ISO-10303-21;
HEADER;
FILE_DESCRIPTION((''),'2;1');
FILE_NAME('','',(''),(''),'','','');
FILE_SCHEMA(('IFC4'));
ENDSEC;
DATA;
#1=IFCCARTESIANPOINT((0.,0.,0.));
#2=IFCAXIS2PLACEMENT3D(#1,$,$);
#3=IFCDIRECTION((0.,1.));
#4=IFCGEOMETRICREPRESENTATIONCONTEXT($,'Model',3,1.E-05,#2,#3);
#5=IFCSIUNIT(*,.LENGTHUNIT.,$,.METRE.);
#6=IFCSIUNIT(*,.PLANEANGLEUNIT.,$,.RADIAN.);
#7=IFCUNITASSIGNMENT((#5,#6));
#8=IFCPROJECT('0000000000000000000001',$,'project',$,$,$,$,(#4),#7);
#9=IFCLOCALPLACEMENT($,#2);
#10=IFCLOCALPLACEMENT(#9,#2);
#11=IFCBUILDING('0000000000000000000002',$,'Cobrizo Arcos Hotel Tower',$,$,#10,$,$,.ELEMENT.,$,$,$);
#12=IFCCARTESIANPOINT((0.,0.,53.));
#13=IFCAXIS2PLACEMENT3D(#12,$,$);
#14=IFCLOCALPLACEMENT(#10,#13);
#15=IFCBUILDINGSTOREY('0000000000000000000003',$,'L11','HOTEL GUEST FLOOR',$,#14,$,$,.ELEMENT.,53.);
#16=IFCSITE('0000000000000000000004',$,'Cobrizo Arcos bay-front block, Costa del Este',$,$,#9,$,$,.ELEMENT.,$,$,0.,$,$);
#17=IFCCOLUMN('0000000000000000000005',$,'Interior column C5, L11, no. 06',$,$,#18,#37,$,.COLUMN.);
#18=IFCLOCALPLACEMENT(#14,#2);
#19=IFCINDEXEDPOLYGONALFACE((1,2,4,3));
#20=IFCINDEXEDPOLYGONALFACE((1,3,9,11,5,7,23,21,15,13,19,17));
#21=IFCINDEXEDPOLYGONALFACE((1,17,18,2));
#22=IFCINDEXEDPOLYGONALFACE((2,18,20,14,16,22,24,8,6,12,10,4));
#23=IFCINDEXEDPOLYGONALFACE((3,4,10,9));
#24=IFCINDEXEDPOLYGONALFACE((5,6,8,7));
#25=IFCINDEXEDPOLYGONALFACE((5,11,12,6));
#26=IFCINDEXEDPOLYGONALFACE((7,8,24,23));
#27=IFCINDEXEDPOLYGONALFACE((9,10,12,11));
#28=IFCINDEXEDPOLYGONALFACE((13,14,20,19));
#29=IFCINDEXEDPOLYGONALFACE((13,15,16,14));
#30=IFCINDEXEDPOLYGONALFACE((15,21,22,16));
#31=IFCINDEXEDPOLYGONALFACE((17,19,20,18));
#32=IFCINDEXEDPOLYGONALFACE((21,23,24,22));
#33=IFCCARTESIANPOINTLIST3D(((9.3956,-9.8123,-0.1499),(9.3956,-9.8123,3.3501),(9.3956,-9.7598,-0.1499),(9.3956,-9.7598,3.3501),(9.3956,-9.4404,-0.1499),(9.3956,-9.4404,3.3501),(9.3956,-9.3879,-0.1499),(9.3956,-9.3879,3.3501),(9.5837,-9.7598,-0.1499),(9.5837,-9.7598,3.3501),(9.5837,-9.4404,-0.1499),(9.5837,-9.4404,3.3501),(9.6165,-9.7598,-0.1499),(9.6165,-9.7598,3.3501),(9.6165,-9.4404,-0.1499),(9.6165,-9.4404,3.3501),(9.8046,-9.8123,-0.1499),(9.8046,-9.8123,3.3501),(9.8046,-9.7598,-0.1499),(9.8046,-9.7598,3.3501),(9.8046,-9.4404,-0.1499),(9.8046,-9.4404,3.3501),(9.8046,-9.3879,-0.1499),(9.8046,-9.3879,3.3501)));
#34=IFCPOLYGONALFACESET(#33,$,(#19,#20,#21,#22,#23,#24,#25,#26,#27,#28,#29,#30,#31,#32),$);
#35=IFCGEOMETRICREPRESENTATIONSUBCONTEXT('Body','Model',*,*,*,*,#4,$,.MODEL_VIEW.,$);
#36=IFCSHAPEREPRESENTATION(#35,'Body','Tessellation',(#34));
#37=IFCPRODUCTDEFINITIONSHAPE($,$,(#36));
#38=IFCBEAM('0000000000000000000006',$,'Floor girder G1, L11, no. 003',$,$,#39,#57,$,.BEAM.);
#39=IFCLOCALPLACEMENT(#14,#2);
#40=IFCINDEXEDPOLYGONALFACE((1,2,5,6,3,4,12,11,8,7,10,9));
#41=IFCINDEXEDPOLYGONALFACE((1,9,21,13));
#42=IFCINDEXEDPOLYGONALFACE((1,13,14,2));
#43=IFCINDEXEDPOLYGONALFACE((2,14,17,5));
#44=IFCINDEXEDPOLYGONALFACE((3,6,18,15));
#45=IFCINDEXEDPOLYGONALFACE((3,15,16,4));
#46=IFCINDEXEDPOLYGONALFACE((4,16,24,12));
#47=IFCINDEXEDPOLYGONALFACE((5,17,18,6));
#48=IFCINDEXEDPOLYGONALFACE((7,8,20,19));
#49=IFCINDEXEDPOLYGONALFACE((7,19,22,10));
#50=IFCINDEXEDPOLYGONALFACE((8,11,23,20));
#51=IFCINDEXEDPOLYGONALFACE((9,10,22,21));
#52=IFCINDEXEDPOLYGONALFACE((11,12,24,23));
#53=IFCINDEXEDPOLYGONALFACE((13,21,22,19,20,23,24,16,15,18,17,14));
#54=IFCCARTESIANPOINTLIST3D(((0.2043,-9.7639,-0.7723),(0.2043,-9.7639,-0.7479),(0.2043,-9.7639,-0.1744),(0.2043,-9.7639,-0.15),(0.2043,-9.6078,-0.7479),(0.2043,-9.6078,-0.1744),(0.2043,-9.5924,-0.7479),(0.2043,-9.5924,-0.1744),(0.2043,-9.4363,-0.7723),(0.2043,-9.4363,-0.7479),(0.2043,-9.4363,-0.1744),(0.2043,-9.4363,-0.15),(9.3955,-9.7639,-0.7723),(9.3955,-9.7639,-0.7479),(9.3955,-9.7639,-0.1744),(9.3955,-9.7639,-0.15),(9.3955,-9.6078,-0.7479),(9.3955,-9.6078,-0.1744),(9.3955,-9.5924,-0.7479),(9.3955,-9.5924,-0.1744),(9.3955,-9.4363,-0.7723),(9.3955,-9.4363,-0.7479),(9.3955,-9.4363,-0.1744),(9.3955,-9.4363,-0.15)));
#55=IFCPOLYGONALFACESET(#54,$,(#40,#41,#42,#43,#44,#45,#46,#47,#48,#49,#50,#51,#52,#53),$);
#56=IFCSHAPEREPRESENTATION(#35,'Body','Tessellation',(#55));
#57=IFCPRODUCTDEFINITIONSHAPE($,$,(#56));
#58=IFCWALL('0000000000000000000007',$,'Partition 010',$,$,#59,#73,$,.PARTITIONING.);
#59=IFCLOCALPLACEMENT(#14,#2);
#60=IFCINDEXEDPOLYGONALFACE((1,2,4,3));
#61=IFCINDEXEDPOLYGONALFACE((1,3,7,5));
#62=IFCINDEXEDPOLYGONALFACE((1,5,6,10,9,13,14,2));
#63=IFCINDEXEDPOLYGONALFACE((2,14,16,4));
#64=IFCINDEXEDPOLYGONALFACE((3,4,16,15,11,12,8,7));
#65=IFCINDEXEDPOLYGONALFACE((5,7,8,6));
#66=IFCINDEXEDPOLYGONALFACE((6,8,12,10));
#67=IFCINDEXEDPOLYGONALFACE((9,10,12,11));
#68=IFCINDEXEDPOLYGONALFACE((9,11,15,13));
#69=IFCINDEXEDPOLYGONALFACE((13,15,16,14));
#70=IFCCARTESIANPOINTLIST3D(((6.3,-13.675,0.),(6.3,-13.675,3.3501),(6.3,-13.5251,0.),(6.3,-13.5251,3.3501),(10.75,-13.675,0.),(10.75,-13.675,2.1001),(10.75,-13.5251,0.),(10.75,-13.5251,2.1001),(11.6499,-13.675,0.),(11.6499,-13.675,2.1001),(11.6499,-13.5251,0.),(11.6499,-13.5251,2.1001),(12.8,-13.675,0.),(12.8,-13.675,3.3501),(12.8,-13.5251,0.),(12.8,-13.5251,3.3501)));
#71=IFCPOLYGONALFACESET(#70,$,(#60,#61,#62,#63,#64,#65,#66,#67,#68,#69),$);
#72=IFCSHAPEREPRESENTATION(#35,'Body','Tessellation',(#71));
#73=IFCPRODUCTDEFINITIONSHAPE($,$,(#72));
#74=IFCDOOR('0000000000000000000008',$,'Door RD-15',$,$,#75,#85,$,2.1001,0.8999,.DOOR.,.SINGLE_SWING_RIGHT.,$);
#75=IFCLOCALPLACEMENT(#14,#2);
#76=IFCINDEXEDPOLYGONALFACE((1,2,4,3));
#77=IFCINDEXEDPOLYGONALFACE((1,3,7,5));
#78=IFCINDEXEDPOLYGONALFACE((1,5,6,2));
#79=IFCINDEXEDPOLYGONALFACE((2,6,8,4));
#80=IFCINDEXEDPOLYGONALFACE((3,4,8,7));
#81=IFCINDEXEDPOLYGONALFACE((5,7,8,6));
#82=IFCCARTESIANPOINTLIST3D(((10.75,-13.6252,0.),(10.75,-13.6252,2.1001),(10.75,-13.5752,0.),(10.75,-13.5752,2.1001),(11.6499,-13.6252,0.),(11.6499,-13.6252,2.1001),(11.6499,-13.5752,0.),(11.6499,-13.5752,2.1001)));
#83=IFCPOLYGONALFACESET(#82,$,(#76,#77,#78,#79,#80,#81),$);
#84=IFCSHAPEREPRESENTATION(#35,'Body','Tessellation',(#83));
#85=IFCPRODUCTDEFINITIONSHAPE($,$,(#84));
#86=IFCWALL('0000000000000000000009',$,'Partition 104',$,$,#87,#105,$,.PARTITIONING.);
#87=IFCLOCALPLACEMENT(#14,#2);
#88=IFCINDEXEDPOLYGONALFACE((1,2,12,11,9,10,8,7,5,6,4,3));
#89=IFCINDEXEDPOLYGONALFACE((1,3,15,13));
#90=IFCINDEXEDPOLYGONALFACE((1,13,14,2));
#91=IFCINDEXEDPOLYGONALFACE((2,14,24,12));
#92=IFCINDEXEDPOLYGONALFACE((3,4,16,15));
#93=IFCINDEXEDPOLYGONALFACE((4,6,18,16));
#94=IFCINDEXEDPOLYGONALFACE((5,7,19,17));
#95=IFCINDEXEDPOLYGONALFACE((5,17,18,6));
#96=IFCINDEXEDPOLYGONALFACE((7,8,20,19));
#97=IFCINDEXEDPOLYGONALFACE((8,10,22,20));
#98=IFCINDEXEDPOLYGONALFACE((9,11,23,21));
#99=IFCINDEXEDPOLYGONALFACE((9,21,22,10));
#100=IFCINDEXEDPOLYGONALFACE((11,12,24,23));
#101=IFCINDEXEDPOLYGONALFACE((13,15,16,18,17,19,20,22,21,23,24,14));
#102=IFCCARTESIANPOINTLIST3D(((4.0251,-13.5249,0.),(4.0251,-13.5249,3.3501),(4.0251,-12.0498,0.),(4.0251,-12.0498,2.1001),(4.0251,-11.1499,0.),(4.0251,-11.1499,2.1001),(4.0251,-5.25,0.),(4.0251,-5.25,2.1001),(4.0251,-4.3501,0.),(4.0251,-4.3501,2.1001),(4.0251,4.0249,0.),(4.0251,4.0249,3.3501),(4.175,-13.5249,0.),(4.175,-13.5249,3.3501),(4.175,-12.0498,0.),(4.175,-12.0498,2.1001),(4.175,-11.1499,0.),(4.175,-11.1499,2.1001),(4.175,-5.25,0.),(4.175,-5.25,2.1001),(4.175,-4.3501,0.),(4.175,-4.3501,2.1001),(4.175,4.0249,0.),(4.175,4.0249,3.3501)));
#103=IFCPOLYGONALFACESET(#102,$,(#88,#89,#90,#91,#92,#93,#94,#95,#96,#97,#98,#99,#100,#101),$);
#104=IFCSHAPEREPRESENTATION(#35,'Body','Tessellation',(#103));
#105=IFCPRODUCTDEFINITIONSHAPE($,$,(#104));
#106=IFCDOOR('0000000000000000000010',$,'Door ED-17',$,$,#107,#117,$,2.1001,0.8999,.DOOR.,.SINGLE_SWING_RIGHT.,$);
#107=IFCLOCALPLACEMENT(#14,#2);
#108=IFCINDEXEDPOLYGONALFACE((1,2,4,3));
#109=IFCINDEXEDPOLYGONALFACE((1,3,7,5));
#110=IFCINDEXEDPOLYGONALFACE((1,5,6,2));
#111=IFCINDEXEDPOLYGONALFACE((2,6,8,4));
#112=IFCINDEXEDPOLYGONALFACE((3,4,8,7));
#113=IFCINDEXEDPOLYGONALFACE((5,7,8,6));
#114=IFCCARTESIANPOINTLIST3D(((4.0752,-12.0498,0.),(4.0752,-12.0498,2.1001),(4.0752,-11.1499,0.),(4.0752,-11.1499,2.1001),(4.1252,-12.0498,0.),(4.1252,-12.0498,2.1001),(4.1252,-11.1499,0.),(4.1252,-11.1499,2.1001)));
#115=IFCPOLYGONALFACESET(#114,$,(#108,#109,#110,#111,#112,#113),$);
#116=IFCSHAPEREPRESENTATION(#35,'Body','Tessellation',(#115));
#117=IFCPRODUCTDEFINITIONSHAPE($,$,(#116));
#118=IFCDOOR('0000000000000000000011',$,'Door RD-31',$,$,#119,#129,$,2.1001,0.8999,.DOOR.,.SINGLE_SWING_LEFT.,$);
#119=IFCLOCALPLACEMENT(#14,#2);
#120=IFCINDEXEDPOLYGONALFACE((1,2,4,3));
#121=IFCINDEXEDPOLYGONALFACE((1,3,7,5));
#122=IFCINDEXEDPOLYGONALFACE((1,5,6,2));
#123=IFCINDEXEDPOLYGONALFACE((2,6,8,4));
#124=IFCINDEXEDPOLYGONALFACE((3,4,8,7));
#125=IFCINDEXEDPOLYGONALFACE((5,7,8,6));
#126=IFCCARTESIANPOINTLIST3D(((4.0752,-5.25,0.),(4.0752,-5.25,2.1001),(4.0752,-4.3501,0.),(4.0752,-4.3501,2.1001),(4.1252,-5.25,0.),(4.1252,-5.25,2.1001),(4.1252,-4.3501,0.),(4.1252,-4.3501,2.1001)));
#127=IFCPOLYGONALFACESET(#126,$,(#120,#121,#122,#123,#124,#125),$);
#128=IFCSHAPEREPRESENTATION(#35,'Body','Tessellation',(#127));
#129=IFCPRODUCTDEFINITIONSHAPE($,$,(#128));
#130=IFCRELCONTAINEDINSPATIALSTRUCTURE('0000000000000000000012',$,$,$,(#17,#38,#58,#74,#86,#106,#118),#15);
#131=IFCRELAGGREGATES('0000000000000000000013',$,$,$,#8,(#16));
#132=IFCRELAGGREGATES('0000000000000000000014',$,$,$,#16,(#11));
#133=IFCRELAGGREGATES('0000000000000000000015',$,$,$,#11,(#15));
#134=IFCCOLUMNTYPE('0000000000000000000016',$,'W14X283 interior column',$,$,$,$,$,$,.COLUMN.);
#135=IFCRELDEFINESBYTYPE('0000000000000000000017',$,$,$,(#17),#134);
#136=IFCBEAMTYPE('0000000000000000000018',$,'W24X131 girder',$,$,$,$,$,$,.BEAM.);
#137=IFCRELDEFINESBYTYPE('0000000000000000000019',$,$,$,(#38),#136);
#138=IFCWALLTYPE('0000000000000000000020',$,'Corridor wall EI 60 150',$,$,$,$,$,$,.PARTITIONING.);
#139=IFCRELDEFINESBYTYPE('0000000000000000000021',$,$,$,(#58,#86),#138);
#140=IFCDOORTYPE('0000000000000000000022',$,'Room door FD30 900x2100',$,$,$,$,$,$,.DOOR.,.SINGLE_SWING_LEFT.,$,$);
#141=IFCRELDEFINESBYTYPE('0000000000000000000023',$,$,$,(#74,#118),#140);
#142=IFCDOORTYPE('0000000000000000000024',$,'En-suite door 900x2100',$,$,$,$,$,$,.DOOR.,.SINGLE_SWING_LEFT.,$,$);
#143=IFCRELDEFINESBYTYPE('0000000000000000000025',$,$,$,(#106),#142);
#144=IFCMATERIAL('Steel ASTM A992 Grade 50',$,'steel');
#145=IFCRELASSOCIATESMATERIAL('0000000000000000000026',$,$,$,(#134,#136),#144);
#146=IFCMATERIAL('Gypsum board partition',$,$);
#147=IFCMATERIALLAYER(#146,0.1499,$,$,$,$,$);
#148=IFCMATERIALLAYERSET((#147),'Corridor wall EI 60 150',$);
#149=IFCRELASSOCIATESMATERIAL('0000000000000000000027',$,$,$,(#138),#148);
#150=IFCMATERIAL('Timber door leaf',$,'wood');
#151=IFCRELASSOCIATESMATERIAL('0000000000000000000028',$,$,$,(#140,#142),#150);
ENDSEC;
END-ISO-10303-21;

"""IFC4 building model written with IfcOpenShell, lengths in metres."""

from ifc_helpers import new_model, si_unit, direction, frame, frame_2d, origin, origin_2d, place, context, subcontext, project, spatial, rectangle, i_section, extrude, material, layer, layer_set, material_profile, profile_set, type_object, element, fill, save


model = new_model("IFC4")

# Units and contexts
model_context = context("Model", 3, precision=1e-05, world=origin(), true_north=direction((0.0, 1.0)))
body_context = subcontext(model_context, "Body", "Model", "MODEL_VIEW")
ifc_project = project(units=[si_unit("LENGTHUNIT", "METRE"), si_unit("PLANEANGLEUNIT", "RADIAN")], contexts=[model_context])

# Site, building, storey
site_placement = place(None, origin())
site = spatial("IfcSite", under=ifc_project, at=site_placement, Name="Cobrizo Arcos bay-front block, Costa del Este", CompositionType="ELEMENT", RefElevation=0.0)
building_placement = place(site_placement, origin())
building = spatial("IfcBuilding", under=site, at=building_placement, Name="Cobrizo Arcos Hotel Tower", CompositionType="ELEMENT")
storey_placement = place(building_placement, frame((0.0, 0.0, 53.0)))
storey = spatial("IfcBuildingStorey", under=building, at=storey_placement, Name="L11", Description="HOTEL GUEST FLOOR", CompositionType="ELEMENT", Elevation=53.0)

# Column
ifc_material_1 = material(Name="Steel ASTM A992 Grade 50", Category="steel")
ifc_material_profile_1 = material_profile(ifc_material_1, i_section(OverallWidth=0.4089, OverallDepth=0.4243, WebThickness=0.0327, FlangeThickness=0.0525, at=origin_2d()), Name="W14X283")
ifc_profile_set_1 = profile_set([ifc_material_profile_1], Name="Steel ASTM A992 Grade 50")
column_type = type_object("IfcColumnType", Name="W14X283 interior column", PredefinedType="COLUMN", material=ifc_profile_set_1)
column_placement = place(storey_placement, frame((9.6001, -9.6001, -0.1499), z_axis=(0.0, 0.0, 1.0), x_axis=(1.0, 0.0, 0.0)))
element("IfcColumn", 1, at=column_placement, inside=storey, type_object=column_type, Name="Interior column C5, L11, no. 06", PredefinedType="COLUMN", context=body_context, shape_type="SweptSolid", body=[
    extrude(i_section(OverallWidth=0.4089, OverallDepth=0.4243, WebThickness=0.0327, FlangeThickness=0.0525, at=origin_2d()), origin(), (0.0, 0.0, 1.0), 3.5),
])

# Beam
ifc_material_profile_2 = material_profile(ifc_material_1, i_section(OverallWidth=0.3276, OverallDepth=0.6223, WebThickness=0.0154, FlangeThickness=0.0244, at=origin_2d()), Name="W24X131")
ifc_profile_set_2 = profile_set([ifc_material_profile_2], Name="Steel ASTM A992 Grade 50")
beam_type = type_object("IfcBeamType", Name="W24X131 girder", PredefinedType="BEAM", material=ifc_profile_set_2)
beam_placement = place(storey_placement, frame((0.2043, -9.6001, -0.4612), z_axis=(1.0, 0.0, 0.0), x_axis=(0.0, 1.0, 0.0)))
element("IfcBeam", 2, at=beam_placement, inside=storey, type_object=beam_type, Name="Floor girder G1, L11, no. 003", PredefinedType="BEAM", context=body_context, shape_type="SweptSolid", body=[
    extrude(i_section(OverallWidth=0.3276, OverallDepth=0.6223, WebThickness=0.0154, FlangeThickness=0.0244, at=origin_2d()), origin(), (0.0, 0.0, 1.0), 9.1912),
])

# Wall, opening, door
ifc_material_2 = material(Name="Gypsum board partition")
ifc_layer_1 = layer(ifc_material_2, 0.1499)
ifc_layer_set_1 = layer_set([ifc_layer_1], Name="Corridor wall EI 60 150")
wall_type_1 = type_object("IfcWallType", Name="Corridor wall EI 60 150", PredefinedType="PARTITIONING", material=ifc_layer_set_1)
wall_1_placement = place(storey_placement, frame((6.3, -13.6001, 0.0), z_axis=(0.0, 0.0, 1.0), x_axis=(1.0, 0.0, 0.0)))
wall_1 = element("IfcWall", 3, at=wall_1_placement, inside=storey, type_object=wall_type_1, Name="Partition 010", PredefinedType="PARTITIONING", context=body_context, shape_type="SweptSolid", body=[
    extrude(rectangle(XDim=6.5, YDim=0.1499, at=frame_2d((3.25, 0.0))), origin(), (0.0, 0.0, 1.0), 3.3501),
])
opening_1_placement = place(wall_1_placement, frame((4.45, 0.0, 0.0)))
opening_1 = element("IfcOpeningElement", 4, at=opening_1_placement, cuts=wall_1, PredefinedType="OPENING", context=body_context, shape_type="SweptSolid", body=[
    extrude(rectangle(XDim=0.8999, YDim=2.1001, at=frame_2d((0.45, 1.05))), frame((0.0, 0.0869, 0.0), z_axis=(0.0, -1.0, 0.0), x_axis=(1.0, 0.0, 0.0)), (0.0, 0.0, 1.0), 0.1738),
])
ifc_material_3 = material(Name="Timber door leaf", Category="wood")
door_type_1 = type_object("IfcDoorType", Name="Room door FD30 900x2100", OperationType="SINGLE_SWING_LEFT", PredefinedType="DOOR", material=ifc_material_3)
door_1_placement = place(opening_1_placement, origin())
door_1 = element("IfcDoor", 5, at=door_1_placement, inside=storey, type_object=door_type_1, Name="Door RD-15", OperationType="SINGLE_SWING_RIGHT", OverallHeight=2.1001, OverallWidth=0.8999, PredefinedType="DOOR", context=body_context, shape_type="SweptSolid", body=[
    extrude(rectangle(XDim=0.8999, YDim=2.1001, at=frame_2d((0.45, 1.05))), frame((0.0, 0.0249, 0.0), z_axis=(0.0, -1.0, 0.0), x_axis=(1.0, 0.0, 0.0)), (0.0, 0.0, 1.0), 0.05),
])
fill(opening_1, door_1)

# Wall, openings, doors
wall_2_placement = place(storey_placement, frame((4.1001, -13.5249, 0.0), z_axis=(0.0, 0.0, 1.0), x_axis=(0.0, 1.0, 0.0)))
wall_2 = element("IfcWall", 6, at=wall_2_placement, inside=storey, type_object=wall_type_1, Name="Partition 104", PredefinedType="PARTITIONING", context=body_context, shape_type="SweptSolid", body=[
    extrude(rectangle(XDim=17.5498, YDim=0.1499, at=frame_2d((8.7749, 0.0))), origin(), (0.0, 0.0, 1.0), 3.3501),
])
opening_2_placement = place(wall_2_placement, frame((1.4751, 0.0, 0.0)))
opening_2 = element("IfcOpeningElement", 7, at=opening_2_placement, cuts=wall_2, PredefinedType="OPENING", context=body_context, shape_type="SweptSolid", body=[
    extrude(rectangle(XDim=0.8999, YDim=2.1001, at=frame_2d((0.45, 1.05))), frame((0.0, 0.0869, 0.0), z_axis=(0.0, -1.0, 0.0), x_axis=(1.0, 0.0, 0.0)), (0.0, 0.0, 1.0), 0.1738),
])
opening_3_placement = place(wall_2_placement, frame((8.2749, 0.0, 0.0)))
opening_3 = element("IfcOpeningElement", 8, at=opening_3_placement, cuts=wall_2, PredefinedType="OPENING", context=body_context, shape_type="SweptSolid", body=[
    extrude(rectangle(XDim=0.8999, YDim=2.1001, at=frame_2d((0.45, 1.05))), frame((0.0, 0.0869, 0.0), z_axis=(0.0, -1.0, 0.0), x_axis=(1.0, 0.0, 0.0)), (0.0, 0.0, 1.0), 0.1738),
])
door_type_2 = type_object("IfcDoorType", Name="En-suite door 900x2100", OperationType="SINGLE_SWING_LEFT", PredefinedType="DOOR", material=ifc_material_3)
door_2_placement = place(opening_2_placement, origin())
door_2 = element("IfcDoor", 9, at=door_2_placement, inside=storey, type_object=door_type_2, Name="Door ED-17", OperationType="SINGLE_SWING_RIGHT", OverallHeight=2.1001, OverallWidth=0.8999, PredefinedType="DOOR", context=body_context, shape_type="SweptSolid", body=[
    extrude(rectangle(XDim=0.8999, YDim=2.1001, at=frame_2d((0.45, 1.05))), frame((0.0, 0.0249, 0.0), z_axis=(0.0, -1.0, 0.0), x_axis=(1.0, 0.0, 0.0)), (0.0, 0.0, 1.0), 0.05),
])
fill(opening_2, door_2)
door_3_placement = place(opening_3_placement, origin())
door_3 = element("IfcDoor", 10, at=door_3_placement, inside=storey, type_object=door_type_1, Name="Door RD-31", OperationType="SINGLE_SWING_LEFT", OverallHeight=2.1001, OverallWidth=0.8999, PredefinedType="DOOR", context=body_context, shape_type="SweptSolid", body=[
    extrude(rectangle(XDim=0.8999, YDim=2.1001, at=frame_2d((0.45, 1.05))), frame((0.0, 0.0249, 0.0), z_axis=(0.0, -1.0, 0.0), x_axis=(1.0, 0.0, 0.0)), (0.0, 0.0, 1.0), 0.05),
])
fill(opening_3, door_3)

save(model, "model.ifc")
